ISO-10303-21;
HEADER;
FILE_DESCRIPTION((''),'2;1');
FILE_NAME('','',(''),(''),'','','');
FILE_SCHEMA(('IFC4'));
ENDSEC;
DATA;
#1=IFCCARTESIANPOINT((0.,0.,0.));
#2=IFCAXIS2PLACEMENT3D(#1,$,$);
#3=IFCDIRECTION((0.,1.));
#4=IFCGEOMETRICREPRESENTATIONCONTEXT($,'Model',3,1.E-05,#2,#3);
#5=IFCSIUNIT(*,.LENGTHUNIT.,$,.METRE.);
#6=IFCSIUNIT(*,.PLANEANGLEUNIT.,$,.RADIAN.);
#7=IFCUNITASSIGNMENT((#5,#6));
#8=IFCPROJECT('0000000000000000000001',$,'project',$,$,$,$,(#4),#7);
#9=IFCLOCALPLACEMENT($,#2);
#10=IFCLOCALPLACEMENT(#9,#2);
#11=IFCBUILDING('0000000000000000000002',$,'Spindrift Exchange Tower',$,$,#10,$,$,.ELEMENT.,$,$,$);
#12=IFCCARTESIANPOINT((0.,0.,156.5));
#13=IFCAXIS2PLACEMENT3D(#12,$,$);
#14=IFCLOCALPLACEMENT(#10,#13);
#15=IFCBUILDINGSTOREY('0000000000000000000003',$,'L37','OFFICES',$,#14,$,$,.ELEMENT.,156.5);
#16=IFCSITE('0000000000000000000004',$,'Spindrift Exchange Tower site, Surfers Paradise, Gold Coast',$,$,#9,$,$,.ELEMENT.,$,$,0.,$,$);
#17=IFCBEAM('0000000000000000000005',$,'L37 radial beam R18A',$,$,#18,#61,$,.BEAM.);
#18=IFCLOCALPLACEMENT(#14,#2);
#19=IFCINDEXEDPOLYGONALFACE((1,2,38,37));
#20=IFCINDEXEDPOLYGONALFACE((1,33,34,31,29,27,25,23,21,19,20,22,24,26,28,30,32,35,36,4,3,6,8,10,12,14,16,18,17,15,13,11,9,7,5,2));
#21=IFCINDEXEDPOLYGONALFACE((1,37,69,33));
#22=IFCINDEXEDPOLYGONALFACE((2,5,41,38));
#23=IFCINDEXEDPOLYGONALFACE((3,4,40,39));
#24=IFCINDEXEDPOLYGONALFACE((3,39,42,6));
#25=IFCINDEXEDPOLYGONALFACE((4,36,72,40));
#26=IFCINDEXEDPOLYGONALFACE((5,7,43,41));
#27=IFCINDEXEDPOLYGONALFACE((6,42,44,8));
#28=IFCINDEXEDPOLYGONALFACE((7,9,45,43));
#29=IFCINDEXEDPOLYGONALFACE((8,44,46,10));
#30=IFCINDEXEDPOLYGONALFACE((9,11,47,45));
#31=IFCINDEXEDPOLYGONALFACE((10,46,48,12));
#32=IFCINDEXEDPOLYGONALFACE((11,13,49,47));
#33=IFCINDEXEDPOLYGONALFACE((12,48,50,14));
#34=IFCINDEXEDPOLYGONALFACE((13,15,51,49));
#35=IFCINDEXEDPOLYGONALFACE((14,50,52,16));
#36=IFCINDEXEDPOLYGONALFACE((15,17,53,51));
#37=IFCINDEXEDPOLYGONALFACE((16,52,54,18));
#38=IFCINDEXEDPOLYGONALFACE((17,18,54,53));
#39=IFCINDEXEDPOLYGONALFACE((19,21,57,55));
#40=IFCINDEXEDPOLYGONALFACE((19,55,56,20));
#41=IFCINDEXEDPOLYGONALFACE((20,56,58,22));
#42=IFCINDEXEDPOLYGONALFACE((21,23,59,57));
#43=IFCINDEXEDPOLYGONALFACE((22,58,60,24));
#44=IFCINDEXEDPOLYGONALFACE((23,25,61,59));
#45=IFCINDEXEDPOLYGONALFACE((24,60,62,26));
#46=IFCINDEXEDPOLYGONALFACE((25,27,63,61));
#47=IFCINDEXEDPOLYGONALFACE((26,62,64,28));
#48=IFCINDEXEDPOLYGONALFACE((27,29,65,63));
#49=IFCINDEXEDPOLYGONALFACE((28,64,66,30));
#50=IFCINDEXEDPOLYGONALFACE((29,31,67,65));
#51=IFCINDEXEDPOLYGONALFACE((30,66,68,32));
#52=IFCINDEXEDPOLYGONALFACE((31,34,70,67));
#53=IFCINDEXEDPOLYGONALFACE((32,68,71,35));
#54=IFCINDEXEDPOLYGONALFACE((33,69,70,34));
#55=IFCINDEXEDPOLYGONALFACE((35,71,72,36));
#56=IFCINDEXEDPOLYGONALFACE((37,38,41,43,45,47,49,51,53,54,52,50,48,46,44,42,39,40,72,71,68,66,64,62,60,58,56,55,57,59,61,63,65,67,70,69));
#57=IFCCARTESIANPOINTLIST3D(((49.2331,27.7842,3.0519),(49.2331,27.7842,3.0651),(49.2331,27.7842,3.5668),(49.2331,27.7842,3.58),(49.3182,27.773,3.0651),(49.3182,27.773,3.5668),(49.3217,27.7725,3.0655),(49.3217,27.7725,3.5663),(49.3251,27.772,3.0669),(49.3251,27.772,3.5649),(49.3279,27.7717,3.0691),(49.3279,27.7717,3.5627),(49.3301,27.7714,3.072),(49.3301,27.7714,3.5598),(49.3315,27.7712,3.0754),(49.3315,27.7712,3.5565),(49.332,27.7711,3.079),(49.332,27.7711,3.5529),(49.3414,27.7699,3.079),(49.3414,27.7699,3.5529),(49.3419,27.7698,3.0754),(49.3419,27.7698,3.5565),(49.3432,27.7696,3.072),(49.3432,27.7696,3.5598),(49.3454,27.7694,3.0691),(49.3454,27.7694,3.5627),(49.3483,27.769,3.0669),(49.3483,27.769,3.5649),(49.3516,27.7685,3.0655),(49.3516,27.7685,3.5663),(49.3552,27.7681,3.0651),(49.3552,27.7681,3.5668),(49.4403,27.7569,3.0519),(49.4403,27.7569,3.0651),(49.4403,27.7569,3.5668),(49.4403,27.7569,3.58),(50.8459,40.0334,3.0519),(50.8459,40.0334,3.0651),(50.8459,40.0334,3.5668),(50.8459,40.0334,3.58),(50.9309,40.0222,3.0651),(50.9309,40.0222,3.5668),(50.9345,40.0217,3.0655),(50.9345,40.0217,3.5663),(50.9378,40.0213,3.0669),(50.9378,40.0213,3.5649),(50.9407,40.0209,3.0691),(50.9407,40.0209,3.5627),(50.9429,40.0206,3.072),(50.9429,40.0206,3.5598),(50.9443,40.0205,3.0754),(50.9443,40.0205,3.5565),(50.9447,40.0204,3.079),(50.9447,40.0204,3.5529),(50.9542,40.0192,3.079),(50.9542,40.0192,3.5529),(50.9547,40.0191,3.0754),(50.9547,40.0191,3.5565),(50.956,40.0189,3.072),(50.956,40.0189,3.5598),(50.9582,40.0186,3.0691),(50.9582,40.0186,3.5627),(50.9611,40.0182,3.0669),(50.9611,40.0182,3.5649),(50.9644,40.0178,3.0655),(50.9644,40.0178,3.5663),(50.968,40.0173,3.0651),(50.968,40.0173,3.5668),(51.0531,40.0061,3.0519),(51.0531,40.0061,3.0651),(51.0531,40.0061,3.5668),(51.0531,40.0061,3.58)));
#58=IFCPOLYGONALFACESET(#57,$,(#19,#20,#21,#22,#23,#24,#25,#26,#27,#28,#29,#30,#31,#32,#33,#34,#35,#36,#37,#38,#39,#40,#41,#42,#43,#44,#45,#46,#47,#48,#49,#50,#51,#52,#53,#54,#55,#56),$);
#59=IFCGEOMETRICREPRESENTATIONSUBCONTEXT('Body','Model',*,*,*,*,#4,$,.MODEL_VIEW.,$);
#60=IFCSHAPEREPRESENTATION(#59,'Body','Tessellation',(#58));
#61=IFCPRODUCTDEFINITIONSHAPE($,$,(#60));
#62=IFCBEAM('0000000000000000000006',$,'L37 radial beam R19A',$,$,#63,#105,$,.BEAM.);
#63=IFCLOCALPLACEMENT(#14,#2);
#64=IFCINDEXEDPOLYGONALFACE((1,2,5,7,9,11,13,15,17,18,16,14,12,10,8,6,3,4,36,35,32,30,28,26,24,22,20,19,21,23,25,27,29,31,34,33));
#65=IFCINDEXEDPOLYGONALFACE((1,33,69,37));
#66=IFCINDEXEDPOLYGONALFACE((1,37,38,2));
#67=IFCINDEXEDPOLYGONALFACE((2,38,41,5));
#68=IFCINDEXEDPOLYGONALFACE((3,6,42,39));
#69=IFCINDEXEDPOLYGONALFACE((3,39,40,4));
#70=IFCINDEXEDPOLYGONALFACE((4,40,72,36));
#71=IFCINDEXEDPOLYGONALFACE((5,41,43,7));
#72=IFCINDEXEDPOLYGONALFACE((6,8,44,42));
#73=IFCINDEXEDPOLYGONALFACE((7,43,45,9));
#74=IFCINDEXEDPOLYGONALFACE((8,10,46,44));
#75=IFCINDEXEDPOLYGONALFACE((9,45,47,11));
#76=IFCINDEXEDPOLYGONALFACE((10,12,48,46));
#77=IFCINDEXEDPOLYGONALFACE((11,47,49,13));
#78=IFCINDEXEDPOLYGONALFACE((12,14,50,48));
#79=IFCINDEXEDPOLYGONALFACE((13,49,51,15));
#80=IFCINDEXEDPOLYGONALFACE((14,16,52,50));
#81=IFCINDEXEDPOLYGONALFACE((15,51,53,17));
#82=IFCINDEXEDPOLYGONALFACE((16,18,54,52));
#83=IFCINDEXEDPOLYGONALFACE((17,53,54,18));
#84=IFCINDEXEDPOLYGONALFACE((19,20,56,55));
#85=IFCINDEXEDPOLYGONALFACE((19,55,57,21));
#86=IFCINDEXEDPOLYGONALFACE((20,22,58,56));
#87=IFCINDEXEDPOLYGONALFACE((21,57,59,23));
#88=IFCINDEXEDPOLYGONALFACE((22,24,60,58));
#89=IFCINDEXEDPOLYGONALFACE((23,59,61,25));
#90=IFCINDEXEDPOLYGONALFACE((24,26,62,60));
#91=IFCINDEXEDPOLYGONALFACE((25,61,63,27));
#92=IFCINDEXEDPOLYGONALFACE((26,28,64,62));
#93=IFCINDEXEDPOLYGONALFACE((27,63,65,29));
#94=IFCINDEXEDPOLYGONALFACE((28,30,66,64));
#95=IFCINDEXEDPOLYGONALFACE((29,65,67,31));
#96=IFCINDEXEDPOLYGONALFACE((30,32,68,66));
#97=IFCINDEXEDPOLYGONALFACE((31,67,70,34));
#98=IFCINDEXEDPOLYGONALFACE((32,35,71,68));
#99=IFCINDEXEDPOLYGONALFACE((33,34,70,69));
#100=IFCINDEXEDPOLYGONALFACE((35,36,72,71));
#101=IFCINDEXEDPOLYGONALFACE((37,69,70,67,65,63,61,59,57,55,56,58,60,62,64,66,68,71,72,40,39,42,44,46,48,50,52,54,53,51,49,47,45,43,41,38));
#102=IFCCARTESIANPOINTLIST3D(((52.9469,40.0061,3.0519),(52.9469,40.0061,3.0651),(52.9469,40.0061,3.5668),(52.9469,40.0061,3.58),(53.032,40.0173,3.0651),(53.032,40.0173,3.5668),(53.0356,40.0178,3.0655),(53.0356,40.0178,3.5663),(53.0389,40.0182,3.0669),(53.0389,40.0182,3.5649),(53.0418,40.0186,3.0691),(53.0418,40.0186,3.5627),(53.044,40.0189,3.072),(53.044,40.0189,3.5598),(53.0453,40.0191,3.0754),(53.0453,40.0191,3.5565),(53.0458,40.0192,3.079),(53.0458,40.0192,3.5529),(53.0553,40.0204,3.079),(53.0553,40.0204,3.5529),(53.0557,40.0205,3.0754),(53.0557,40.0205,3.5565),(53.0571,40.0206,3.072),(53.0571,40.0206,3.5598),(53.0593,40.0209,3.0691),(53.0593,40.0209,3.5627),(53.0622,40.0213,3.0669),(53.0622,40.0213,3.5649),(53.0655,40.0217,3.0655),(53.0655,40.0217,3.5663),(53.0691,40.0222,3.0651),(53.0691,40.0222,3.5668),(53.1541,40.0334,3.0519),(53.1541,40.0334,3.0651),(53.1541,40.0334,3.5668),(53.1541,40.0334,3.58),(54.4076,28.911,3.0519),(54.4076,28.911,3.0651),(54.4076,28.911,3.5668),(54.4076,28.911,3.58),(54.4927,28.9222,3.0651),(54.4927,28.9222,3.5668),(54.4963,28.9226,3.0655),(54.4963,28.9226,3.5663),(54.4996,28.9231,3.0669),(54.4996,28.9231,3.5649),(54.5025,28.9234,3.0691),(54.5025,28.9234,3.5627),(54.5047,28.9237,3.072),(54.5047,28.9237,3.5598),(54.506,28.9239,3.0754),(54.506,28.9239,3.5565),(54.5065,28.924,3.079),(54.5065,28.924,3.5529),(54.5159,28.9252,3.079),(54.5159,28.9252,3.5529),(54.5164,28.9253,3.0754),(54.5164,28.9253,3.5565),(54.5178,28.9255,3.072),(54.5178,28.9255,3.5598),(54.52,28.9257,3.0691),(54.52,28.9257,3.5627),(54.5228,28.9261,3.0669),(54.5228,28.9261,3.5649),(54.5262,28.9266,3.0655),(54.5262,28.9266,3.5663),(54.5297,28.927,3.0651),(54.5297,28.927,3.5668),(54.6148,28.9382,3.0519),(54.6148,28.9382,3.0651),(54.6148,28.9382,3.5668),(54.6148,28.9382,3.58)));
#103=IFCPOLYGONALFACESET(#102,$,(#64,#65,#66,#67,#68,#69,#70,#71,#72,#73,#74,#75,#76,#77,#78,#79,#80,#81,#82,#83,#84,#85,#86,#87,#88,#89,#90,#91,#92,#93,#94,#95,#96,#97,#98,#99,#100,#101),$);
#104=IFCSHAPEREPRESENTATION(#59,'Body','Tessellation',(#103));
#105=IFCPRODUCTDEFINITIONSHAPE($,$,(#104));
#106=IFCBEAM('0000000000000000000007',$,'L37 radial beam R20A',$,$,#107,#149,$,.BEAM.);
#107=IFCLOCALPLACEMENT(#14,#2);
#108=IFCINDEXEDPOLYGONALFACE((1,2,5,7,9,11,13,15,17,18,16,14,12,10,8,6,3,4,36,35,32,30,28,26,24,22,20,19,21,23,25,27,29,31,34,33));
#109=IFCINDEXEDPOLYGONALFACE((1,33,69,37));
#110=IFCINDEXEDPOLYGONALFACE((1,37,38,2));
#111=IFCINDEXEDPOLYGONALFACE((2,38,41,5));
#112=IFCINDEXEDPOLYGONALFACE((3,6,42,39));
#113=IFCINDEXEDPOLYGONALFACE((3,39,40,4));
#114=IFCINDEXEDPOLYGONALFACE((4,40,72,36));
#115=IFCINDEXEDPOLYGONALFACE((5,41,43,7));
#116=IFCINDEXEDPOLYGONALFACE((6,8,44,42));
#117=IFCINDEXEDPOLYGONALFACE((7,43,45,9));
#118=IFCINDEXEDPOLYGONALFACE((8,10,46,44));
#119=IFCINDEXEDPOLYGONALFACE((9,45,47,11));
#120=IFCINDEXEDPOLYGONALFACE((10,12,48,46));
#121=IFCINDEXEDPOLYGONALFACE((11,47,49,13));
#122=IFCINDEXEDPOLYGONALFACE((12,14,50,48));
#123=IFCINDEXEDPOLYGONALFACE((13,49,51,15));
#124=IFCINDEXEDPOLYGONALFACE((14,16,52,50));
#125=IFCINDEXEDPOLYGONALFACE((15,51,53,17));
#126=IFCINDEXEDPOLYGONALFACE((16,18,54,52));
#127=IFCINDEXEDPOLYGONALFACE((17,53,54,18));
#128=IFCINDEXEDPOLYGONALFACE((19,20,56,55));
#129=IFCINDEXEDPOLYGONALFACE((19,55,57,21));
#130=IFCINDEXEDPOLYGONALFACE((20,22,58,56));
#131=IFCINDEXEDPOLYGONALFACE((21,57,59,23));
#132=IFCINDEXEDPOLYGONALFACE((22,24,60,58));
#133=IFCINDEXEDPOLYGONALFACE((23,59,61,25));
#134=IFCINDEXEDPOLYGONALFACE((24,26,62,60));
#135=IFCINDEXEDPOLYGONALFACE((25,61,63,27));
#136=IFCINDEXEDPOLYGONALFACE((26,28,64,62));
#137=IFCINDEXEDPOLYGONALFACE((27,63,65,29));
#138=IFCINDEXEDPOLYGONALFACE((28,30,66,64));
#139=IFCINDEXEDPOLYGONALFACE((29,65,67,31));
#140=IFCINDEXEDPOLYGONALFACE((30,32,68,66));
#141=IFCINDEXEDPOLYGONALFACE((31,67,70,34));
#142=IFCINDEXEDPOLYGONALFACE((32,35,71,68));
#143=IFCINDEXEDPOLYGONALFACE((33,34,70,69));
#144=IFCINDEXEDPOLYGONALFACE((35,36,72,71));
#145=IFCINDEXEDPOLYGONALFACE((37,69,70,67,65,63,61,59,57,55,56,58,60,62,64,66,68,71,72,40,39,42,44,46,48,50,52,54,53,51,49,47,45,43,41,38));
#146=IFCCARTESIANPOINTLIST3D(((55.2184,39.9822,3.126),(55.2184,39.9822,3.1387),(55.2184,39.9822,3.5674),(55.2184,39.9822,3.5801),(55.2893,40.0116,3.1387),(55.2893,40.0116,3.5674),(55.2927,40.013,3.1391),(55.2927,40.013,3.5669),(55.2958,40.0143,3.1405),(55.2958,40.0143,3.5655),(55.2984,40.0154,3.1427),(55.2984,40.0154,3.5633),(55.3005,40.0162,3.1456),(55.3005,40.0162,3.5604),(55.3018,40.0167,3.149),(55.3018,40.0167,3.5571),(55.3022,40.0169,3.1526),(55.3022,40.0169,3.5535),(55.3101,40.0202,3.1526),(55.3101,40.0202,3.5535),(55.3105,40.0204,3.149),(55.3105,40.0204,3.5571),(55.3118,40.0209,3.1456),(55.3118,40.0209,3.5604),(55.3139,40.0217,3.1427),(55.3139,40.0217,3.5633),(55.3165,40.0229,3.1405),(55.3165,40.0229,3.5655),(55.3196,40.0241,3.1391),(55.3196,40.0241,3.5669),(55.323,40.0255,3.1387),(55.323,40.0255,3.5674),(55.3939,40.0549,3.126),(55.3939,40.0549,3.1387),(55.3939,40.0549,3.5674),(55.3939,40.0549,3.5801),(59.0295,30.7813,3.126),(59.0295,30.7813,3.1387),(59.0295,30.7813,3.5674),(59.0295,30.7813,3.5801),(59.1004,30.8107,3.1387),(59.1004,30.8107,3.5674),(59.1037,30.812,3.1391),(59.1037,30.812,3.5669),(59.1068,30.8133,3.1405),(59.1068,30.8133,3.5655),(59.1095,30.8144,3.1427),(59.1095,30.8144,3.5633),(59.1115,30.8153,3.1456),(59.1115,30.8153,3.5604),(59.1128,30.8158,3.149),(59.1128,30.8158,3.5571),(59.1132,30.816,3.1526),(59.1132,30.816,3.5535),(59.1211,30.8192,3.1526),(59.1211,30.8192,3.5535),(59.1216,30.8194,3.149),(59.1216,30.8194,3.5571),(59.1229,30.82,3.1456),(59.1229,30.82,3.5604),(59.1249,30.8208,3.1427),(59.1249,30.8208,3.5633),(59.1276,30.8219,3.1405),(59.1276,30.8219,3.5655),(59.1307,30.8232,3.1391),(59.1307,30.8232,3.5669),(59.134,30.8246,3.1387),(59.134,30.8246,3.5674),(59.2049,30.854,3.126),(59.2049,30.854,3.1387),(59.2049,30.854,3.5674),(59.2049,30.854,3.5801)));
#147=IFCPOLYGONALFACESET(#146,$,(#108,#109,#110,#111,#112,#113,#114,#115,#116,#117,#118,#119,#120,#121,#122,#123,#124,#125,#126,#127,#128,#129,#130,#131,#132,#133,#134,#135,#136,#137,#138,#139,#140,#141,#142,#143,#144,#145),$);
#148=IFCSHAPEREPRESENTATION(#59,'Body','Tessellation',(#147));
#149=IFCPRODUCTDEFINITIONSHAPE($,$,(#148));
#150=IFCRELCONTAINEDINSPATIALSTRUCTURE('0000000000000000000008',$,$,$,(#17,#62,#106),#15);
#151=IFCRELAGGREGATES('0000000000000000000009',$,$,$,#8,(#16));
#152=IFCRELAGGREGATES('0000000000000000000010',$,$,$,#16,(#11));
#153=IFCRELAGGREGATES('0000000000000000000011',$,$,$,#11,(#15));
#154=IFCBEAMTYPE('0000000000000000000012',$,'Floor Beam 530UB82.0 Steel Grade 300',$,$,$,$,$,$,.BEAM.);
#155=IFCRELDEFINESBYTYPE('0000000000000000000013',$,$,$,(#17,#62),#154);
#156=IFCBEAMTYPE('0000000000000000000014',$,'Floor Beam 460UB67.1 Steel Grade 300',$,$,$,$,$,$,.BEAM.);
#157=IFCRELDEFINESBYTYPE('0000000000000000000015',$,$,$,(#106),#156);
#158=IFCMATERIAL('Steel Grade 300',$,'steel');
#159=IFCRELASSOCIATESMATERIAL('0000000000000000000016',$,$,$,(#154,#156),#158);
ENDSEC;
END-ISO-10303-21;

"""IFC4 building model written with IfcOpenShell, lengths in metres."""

from ifc_helpers import new_model, si_unit, direction, frame, origin, origin_2d, place, context, subcontext, project, spatial, i_section, extrude, source, transform, mapped, material, material_profile, profile_set, type_object, element, save


model = new_model("IFC4")

# Units and contexts
model_context = context("Model", 3, precision=1e-05, world=origin(), true_north=direction((0.0, 1.0)))
body_context = subcontext(model_context, "Body", "Model", "MODEL_VIEW")
ifc_project = project(units=[si_unit("LENGTHUNIT", "METRE"), si_unit("PLANEANGLEUNIT", "RADIAN")], contexts=[model_context])

# Site, building, storey
site_placement = place(None, origin())
site = spatial("IfcSite", under=ifc_project, at=site_placement, Name="Spindrift Exchange Tower site, Surfers Paradise, Gold Coast", CompositionType="ELEMENT", RefElevation=0.0)
building_placement = place(site_placement, origin())
building = spatial("IfcBuilding", under=site, at=building_placement, Name="Spindrift Exchange Tower", CompositionType="ELEMENT")
storey_placement = place(building_placement, frame((0.0, 0.0, 156.5)))
storey = spatial("IfcBuildingStorey", under=building, at=storey_placement, Name="L37", Description="OFFICES", CompositionType="ELEMENT", Elevation=156.5)

# Beams
ifc_material_1 = material(Name="Steel Grade 300", Category="steel")
ifc_material_profile_1 = material_profile(ifc_material_1, i_section(OverallWidth=0.209, OverallDepth=0.5281, WebThickness=0.0095, FlangeThickness=0.0132, FilletRadius=0.0139, at=origin_2d()), Name="530UB82.0")
ifc_profile_set_1 = profile_set([ifc_material_profile_1], Name="Steel Grade 300")
beam_type_1 = type_object("IfcBeamType", Name="Floor Beam 530UB82.0 Steel Grade 300", PredefinedType="BEAM", material=ifc_profile_set_1)
shared_shape_1 = source(origin(), body_context, "Body", "SweptSolid", [
    extrude(i_section(OverallWidth=0.209, OverallDepth=0.5281, WebThickness=0.0095, FlangeThickness=0.0132, FilletRadius=0.0139, at=origin_2d()), origin(), (0.0, 0.0, 1.0), 12.355),
])
beam_1_placement = place(storey_placement, frame((50.9495, 40.0198, 3.3159), z_axis=(-0.130538, -0.991443, 0.0), x_axis=(0.991443, -0.130538, 0.0)))
element("IfcBeam", 1, at=beam_1_placement, inside=storey, type_object=beam_type_1, Name="L37 radial beam R18A", PredefinedType="BEAM", context=body_context, shape_type="MappedRepresentation", body=[
    mapped(shared_shape_1, transform((0.0, 0.0, 0.0), scale=1.0)),
])
shared_shape_2 = source(origin(), body_context, "Body", "SweptSolid", [
    extrude(i_section(OverallWidth=0.209, OverallDepth=0.5281, WebThickness=0.0095, FlangeThickness=0.0132, FilletRadius=0.0139, at=origin_2d()), origin(), (0.0, 0.0, 1.0), 11.1909),
])
beam_2_placement = place(storey_placement, frame((53.0505, 40.0198, 3.3159), z_axis=(0.130524, -0.991445, 0.0), x_axis=(0.991445, 0.130524, 0.0)))
element("IfcBeam", 2, at=beam_2_placement, inside=storey, type_object=beam_type_1, Name="L37 radial beam R19A", PredefinedType="BEAM", context=body_context, shape_type="MappedRepresentation", body=[
    mapped(shared_shape_2, transform((0.0, 0.0, 0.0), scale=1.0)),
])
ifc_material_profile_2 = material_profile(ifc_material_1, i_section(OverallWidth=0.1899, OverallDepth=0.4541, WebThickness=0.0085, FlangeThickness=0.0127, FilletRadius=0.0139, at=origin_2d()), Name="460UB67.1")
ifc_profile_set_2 = profile_set([ifc_material_profile_2], Name="Steel Grade 300")
beam_type_2 = type_object("IfcBeamType", Name="Floor Beam 460UB67.1 Steel Grade 300", PredefinedType="BEAM", material=ifc_profile_set_2)
shared_shape_3 = source(origin(), body_context, "Body", "SweptSolid", [
    extrude(i_section(OverallWidth=0.1899, OverallDepth=0.4541, WebThickness=0.0085, FlangeThickness=0.0127, FilletRadius=0.0139, at=origin_2d()), origin(), (0.0, 0.0, 1.0), 9.959),
])
beam_3_placement = place(storey_placement, frame((55.3062, 40.0186, 3.353), z_axis=(0.382674, -0.923884, 0.0), x_axis=(0.923884, 0.382674, 0.0)))
element("IfcBeam", 3, at=beam_3_placement, inside=storey, type_object=beam_type_2, Name="L37 radial beam R20A", PredefinedType="BEAM", context=body_context, shape_type="MappedRepresentation", body=[
    mapped(shared_shape_3, transform((0.0, 0.0, 0.0), scale=1.0)),
])

save(model, "model.ifc")
